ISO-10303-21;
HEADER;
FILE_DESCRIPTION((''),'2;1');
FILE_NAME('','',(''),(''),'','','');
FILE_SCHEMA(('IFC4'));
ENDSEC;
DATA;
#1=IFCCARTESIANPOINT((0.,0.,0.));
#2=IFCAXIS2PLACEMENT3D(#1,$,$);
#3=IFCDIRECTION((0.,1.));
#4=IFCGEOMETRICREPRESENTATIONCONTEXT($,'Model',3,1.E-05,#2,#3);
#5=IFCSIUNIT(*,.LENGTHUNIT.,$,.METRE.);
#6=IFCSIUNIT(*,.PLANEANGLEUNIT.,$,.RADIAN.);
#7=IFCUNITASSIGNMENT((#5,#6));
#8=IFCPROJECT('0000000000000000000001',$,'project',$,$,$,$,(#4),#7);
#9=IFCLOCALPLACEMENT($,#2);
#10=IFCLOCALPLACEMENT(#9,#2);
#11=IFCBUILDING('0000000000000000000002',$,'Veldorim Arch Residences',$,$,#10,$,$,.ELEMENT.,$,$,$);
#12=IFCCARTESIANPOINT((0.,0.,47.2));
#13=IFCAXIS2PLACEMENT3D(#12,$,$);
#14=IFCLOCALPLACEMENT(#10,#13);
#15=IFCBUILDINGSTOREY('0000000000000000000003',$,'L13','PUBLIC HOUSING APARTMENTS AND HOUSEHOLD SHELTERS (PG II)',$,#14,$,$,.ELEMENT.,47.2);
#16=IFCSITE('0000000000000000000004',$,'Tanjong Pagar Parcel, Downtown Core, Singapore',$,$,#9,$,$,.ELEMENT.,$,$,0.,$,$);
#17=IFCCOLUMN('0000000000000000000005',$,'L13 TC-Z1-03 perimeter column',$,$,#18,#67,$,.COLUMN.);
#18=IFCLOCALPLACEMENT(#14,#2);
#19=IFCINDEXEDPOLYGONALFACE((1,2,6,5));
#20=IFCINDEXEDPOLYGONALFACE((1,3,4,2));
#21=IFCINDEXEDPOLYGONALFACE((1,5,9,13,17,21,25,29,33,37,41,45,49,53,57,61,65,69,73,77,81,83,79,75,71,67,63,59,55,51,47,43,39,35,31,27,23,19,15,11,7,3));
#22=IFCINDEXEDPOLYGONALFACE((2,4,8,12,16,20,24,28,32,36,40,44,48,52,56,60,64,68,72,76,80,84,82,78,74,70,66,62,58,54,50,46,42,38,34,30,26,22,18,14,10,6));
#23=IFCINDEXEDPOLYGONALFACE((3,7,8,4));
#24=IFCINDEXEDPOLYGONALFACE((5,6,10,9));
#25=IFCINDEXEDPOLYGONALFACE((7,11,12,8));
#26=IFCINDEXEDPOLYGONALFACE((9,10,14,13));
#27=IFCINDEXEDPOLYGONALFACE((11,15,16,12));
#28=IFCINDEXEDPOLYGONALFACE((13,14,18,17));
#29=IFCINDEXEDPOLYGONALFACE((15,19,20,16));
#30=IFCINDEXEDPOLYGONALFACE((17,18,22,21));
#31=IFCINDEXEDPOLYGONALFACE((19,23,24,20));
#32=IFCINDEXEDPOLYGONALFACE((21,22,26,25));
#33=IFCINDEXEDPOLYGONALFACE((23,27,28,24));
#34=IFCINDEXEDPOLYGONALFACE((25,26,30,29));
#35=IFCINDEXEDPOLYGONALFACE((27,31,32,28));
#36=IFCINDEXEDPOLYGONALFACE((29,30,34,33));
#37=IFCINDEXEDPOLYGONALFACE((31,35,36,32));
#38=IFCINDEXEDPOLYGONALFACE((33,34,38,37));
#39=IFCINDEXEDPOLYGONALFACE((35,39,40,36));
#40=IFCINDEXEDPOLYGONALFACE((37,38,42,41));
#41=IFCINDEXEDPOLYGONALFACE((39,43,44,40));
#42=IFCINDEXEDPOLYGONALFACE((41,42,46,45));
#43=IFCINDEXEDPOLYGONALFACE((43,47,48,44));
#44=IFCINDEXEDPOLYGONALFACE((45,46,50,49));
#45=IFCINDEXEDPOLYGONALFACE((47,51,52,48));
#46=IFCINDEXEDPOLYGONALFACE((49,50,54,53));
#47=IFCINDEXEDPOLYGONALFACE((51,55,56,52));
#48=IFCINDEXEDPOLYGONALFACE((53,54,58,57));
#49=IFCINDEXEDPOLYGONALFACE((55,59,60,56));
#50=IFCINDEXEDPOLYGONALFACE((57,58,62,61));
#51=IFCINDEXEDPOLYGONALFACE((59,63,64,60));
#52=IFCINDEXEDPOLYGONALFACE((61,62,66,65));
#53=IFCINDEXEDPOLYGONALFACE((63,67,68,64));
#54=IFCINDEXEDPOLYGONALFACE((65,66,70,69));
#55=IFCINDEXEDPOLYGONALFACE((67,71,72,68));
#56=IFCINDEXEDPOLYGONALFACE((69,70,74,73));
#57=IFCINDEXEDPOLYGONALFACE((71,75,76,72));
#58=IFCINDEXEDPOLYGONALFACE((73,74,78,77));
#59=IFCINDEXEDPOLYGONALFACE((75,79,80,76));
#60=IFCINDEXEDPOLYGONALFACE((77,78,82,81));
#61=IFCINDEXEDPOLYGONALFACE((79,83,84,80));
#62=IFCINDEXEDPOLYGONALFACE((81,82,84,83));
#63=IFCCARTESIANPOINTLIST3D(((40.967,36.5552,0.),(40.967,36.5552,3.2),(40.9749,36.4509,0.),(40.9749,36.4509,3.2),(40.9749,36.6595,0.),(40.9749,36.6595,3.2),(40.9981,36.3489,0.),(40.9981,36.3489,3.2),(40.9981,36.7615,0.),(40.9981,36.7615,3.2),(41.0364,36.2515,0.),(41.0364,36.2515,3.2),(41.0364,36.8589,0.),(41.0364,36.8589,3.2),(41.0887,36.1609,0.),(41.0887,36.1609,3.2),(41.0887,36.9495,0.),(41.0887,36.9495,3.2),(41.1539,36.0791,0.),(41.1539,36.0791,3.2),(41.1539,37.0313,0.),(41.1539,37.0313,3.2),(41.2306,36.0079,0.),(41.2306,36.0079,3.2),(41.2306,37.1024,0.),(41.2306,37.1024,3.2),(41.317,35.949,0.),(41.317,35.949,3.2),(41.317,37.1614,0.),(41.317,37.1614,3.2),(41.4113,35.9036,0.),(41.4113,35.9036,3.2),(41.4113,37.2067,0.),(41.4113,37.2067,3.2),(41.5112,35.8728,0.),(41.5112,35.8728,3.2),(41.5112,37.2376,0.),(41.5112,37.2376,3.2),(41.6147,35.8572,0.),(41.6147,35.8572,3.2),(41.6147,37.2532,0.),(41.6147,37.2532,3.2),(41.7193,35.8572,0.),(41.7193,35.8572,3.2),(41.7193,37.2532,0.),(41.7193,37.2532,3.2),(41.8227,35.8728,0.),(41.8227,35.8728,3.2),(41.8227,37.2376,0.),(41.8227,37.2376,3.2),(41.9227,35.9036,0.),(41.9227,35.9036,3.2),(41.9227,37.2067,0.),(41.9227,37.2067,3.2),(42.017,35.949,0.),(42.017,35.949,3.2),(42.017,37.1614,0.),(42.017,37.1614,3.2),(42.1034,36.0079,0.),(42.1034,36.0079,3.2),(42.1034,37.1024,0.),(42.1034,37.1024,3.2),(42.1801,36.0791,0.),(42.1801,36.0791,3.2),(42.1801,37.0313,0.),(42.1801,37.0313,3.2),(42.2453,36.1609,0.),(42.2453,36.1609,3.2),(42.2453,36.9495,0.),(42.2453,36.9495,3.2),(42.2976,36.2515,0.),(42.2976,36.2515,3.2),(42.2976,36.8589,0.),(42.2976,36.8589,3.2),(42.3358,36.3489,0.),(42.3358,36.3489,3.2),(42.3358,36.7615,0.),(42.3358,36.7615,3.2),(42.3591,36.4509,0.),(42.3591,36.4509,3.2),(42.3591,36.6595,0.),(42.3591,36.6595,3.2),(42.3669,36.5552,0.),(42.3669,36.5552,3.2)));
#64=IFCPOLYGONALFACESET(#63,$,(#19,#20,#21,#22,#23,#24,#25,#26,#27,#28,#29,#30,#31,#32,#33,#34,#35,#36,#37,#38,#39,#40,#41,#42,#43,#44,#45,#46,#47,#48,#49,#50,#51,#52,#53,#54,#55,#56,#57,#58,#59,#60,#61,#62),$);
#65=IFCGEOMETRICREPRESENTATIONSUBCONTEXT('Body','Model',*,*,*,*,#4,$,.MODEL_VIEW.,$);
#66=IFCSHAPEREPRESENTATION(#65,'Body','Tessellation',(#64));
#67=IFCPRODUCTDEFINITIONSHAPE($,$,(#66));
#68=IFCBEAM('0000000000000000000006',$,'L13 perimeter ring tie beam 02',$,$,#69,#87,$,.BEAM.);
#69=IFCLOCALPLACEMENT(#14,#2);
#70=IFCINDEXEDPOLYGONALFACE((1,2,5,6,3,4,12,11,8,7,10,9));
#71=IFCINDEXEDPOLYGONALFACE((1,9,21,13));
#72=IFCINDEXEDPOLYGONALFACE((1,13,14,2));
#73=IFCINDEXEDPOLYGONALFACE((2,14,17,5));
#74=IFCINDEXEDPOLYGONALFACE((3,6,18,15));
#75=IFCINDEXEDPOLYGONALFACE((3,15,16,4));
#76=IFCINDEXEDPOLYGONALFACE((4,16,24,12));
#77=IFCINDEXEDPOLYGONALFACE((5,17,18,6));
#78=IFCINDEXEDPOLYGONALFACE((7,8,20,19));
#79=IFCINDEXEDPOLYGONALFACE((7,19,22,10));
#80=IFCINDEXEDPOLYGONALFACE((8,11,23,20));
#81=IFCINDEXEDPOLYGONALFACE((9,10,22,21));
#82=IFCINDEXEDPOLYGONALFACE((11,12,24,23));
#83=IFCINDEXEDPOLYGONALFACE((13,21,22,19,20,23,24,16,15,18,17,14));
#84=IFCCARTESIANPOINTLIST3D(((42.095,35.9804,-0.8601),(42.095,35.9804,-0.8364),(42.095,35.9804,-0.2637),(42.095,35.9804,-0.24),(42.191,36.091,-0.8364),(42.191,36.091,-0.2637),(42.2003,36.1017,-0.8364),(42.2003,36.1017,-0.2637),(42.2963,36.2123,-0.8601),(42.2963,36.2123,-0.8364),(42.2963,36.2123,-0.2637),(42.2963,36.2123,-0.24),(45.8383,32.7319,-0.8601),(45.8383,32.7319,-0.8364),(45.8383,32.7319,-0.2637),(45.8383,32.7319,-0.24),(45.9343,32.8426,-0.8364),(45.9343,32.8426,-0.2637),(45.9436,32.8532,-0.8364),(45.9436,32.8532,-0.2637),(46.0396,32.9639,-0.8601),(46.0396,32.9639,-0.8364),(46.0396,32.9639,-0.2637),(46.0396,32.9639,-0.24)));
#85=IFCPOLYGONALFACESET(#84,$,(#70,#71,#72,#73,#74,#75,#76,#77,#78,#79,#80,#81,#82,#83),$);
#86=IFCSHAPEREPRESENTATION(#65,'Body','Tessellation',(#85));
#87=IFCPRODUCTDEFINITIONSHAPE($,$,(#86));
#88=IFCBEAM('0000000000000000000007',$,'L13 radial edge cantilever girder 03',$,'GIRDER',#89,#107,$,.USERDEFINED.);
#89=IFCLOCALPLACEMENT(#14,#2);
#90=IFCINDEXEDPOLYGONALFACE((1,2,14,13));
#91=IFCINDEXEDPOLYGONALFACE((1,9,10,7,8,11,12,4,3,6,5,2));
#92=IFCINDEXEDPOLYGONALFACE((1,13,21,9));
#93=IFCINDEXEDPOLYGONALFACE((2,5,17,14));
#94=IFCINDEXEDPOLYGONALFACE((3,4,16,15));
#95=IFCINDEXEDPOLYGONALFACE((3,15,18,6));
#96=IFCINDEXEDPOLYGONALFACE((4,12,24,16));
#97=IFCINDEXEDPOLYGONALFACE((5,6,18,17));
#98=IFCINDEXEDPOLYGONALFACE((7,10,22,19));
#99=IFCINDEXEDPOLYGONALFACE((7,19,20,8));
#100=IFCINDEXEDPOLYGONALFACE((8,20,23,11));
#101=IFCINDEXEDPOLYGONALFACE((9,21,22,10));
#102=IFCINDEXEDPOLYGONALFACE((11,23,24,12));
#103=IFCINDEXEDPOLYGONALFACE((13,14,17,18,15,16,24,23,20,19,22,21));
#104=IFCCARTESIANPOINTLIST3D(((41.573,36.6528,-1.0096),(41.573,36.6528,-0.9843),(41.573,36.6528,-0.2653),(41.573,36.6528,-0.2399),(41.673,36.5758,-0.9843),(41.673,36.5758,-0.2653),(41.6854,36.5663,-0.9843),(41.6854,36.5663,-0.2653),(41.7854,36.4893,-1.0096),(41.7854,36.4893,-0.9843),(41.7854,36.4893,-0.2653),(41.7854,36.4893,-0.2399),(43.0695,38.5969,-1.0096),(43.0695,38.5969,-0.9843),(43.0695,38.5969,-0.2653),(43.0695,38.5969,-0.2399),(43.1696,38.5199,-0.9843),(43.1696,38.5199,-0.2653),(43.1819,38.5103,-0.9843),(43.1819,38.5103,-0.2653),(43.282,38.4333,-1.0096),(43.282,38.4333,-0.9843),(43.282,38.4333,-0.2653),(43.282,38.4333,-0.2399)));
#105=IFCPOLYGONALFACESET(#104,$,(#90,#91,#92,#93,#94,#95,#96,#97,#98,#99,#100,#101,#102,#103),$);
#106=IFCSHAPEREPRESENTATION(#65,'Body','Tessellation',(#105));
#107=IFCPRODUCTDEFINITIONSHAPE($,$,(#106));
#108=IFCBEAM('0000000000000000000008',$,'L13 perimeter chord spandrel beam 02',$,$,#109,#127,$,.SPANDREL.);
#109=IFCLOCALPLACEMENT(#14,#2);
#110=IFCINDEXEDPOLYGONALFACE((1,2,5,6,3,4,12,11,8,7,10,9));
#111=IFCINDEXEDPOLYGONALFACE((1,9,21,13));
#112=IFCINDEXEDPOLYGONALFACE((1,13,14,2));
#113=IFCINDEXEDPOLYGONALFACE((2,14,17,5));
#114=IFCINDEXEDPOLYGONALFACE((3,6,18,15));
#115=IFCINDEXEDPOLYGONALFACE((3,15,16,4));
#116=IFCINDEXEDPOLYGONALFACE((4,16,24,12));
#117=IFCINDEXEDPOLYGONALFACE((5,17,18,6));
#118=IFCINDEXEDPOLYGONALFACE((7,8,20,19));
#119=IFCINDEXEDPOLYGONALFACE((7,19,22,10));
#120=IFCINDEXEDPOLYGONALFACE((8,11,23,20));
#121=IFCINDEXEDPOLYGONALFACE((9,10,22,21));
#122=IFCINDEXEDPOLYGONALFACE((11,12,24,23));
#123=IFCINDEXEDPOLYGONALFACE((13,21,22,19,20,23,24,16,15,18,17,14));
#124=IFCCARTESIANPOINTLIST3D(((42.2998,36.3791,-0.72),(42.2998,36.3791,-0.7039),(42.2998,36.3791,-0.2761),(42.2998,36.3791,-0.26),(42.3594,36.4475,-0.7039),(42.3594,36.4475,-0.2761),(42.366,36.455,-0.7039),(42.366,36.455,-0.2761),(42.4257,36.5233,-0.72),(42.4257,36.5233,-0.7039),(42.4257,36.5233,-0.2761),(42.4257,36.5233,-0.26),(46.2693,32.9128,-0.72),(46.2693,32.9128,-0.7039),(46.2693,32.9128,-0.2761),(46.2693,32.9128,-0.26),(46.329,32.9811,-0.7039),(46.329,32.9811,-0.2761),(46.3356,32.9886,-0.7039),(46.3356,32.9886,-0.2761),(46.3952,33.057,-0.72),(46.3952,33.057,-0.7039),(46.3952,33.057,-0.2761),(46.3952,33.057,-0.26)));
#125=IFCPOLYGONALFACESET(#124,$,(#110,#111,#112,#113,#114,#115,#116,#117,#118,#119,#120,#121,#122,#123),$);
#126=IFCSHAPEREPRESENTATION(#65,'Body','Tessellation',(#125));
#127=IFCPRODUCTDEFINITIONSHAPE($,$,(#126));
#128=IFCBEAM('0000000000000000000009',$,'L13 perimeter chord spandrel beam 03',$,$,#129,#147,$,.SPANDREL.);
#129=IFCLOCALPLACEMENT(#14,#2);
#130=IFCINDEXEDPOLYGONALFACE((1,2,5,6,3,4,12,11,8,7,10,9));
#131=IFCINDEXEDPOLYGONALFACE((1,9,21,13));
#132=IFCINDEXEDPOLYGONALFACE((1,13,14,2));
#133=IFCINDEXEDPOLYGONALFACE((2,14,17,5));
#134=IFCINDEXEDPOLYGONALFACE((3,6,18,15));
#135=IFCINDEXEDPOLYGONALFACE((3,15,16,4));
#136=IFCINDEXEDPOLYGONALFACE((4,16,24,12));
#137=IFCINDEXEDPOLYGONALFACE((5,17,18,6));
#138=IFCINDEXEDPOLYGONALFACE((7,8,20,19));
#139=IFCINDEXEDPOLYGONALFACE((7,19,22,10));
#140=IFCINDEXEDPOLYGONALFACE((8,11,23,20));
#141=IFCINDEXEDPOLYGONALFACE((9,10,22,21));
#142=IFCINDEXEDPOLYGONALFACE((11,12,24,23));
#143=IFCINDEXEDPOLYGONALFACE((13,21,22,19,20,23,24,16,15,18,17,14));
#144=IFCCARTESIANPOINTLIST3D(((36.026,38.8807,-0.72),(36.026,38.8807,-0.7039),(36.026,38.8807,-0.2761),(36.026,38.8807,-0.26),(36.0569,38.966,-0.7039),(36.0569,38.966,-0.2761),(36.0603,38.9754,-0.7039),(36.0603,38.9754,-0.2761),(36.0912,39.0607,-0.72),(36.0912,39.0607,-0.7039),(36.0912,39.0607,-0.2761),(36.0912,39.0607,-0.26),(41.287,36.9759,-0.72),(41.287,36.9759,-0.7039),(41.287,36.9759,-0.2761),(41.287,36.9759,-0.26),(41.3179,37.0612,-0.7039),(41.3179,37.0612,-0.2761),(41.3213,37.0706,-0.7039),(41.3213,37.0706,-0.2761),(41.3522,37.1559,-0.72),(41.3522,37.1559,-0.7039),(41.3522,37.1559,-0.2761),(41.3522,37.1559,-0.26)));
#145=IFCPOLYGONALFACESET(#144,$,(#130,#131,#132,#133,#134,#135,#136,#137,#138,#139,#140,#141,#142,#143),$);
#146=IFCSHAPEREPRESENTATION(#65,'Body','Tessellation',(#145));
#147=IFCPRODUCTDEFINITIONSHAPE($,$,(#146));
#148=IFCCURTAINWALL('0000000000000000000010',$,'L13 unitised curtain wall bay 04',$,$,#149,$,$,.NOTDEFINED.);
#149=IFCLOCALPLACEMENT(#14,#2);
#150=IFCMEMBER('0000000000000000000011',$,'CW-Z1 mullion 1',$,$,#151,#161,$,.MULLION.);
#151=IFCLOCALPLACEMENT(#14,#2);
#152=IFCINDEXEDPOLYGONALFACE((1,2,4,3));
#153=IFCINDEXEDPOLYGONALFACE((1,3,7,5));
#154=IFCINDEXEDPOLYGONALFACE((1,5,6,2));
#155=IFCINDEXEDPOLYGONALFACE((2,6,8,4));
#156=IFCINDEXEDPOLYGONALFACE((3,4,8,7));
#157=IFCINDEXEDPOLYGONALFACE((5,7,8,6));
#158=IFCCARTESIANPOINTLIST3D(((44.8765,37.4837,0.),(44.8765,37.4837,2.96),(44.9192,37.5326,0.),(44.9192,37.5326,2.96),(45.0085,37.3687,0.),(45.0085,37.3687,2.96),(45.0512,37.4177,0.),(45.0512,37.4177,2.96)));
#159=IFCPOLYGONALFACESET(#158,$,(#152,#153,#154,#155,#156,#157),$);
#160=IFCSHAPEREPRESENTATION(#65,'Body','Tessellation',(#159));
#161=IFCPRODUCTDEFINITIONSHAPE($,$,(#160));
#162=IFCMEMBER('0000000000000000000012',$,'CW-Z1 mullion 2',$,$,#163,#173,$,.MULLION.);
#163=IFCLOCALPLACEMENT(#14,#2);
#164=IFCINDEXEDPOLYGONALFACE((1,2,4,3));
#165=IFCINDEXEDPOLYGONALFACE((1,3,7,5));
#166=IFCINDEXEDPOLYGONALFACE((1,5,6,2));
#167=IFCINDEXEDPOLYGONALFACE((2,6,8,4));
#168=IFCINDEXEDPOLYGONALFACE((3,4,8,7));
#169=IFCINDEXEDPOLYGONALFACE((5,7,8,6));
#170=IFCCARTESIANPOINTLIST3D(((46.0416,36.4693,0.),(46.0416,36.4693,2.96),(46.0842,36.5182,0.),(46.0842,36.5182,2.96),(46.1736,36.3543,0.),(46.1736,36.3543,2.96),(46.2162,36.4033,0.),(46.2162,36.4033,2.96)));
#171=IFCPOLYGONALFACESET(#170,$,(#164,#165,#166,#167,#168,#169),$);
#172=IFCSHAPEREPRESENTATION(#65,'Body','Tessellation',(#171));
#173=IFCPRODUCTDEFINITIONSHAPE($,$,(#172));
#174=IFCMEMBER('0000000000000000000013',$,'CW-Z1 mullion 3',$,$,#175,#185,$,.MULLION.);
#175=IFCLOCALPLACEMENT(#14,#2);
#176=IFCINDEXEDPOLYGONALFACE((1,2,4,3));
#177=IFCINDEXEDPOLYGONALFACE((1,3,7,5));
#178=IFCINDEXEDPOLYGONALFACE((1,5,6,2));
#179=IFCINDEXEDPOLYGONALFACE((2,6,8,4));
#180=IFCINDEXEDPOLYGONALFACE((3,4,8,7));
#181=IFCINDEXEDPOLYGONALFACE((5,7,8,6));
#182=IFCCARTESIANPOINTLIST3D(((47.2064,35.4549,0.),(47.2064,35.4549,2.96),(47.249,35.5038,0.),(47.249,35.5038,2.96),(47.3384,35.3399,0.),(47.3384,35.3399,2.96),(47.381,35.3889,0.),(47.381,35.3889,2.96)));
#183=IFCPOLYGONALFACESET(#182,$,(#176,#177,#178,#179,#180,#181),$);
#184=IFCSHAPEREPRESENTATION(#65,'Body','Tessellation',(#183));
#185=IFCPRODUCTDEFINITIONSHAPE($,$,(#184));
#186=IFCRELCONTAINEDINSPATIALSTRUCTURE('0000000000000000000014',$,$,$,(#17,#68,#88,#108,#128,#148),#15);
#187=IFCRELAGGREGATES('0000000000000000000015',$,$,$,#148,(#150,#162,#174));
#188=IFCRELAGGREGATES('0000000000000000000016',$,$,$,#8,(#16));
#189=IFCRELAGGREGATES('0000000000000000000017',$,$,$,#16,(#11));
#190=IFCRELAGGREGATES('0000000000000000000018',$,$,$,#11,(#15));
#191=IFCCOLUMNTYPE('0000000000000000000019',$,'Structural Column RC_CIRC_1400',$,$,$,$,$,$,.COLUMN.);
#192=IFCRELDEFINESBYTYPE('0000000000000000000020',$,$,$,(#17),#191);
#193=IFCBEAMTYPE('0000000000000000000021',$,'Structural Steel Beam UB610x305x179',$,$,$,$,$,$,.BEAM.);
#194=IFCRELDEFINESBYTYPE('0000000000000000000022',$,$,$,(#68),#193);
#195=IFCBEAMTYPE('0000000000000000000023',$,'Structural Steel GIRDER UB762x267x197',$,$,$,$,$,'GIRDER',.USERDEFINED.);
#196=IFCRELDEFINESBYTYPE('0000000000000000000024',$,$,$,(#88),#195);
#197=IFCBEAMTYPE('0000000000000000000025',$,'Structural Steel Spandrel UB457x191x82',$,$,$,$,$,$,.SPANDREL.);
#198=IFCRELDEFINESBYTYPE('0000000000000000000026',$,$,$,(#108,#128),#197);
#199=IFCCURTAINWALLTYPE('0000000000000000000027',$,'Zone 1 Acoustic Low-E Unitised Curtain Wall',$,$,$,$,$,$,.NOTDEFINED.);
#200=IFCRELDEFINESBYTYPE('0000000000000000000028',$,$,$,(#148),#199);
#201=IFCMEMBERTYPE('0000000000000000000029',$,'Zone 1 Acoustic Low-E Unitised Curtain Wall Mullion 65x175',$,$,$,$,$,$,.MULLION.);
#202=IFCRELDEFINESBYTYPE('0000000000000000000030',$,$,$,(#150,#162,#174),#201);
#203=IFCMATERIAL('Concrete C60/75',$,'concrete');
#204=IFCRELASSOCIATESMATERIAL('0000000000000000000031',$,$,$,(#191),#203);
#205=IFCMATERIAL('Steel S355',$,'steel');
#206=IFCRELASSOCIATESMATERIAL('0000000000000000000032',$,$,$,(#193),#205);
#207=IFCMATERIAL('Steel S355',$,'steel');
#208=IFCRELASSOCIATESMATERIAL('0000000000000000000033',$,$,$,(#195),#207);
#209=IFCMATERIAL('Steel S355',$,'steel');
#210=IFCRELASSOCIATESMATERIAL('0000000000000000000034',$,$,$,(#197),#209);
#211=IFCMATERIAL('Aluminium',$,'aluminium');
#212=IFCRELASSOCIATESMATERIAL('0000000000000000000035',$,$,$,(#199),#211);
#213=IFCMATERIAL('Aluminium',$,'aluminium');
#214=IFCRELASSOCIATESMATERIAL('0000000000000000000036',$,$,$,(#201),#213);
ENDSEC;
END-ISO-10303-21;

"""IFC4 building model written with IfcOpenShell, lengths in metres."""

from ifc_helpers import new_model, si_unit, direction, frame, origin, origin_2d, place, context, subcontext, project, spatial, rectangle, circle, i_section, extrude, material, material_profile, profile_set, type_object, element, aggregate, save


model = new_model("IFC4")

# Units and contexts
model_context = context("Model", 3, precision=1e-05, world=origin(), true_north=direction((0.0, 1.0)))
body_context = subcontext(model_context, "Body", "Model", "MODEL_VIEW")
ifc_project = project(units=[si_unit("LENGTHUNIT", "METRE"), si_unit("PLANEANGLEUNIT", "RADIAN")], contexts=[model_context])

# Site, building, storey
site_placement = place(None, origin())
site = spatial("IfcSite", under=ifc_project, at=site_placement, Name="Tanjong Pagar Parcel, Downtown Core, Singapore", CompositionType="ELEMENT", RefElevation=0.0)
building_placement = place(site_placement, origin())
building = spatial("IfcBuilding", under=site, at=building_placement, Name="Veldorim Arch Residences", CompositionType="ELEMENT")
storey_placement = place(building_placement, frame((0.0, 0.0, 47.2)))
storey = spatial("IfcBuildingStorey", under=building, at=storey_placement, Name="L13", Description="PUBLIC HOUSING APARTMENTS AND HOUSEHOLD SHELTERS (PG II)", CompositionType="ELEMENT", Elevation=47.2)

# Column
ifc_material_1 = material(Name="Concrete C60/75", Category="concrete")
ifc_material_profile_1 = material_profile(ifc_material_1, circle(Radius=0.7, at=origin_2d()), Name="RC_CIRC_1400")
ifc_profile_set_1 = profile_set([ifc_material_profile_1], Name="Concrete C60/75")
column_type = type_object("IfcColumnType", Name="Structural Column RC_CIRC_1400", PredefinedType="COLUMN", material=ifc_profile_set_1)
column_placement = place(storey_placement, frame((41.667, 36.5552, 0.0), z_axis=(0.0, 0.0, 1.0), x_axis=(1.0, 0.0, 0.0)))
element("IfcColumn", 1, at=column_placement, inside=storey, type_object=column_type, Name="L13 TC-Z1-03 perimeter column", PredefinedType="COLUMN", context=body_context, shape_type="SweptSolid", body=[
    extrude(circle(Radius=0.7, at=origin_2d()), origin(), (0.0, 0.0, 1.0), 3.2),
])

# Beams
ifc_material_2 = material(Name="Steel S355", Category="steel")
ifc_material_profile_2 = material_profile(ifc_material_2, i_section(OverallWidth=0.3071, OverallDepth=0.6201, WebThickness=0.0142, FlangeThickness=0.0237, at=origin_2d()), Name="UB610x305x179")
ifc_profile_set_2 = profile_set([ifc_material_profile_2], Name="Steel S355")
beam_type_1 = type_object("IfcBeamType", Name="Structural Steel Beam UB610x305x179", PredefinedType="BEAM", material=ifc_profile_set_2)
beam_1_placement = place(storey_placement, frame((45.939, 32.8479, -0.55), z_axis=(-0.755265, 0.65542, 0.0), x_axis=(-0.65542, -0.755265, 0.0)))
element("IfcBeam", 2, at=beam_1_placement, inside=storey, type_object=beam_type_1, Name="L13 perimeter ring tie beam 02", PredefinedType="BEAM", context=body_context, shape_type="SweptSolid", body=[
    extrude(i_section(OverallWidth=0.3071, OverallDepth=0.6201, WebThickness=0.0142, FlangeThickness=0.0237, at=origin_2d()), origin(), (0.0, 0.0, 1.0), 4.9563),
])
ifc_material_3 = material(Name="Steel S355", Category="steel")
ifc_material_profile_3 = material_profile(ifc_material_3, i_section(OverallWidth=0.2681, OverallDepth=0.7698, WebThickness=0.0156, FlangeThickness=0.0254, at=origin_2d()), Name="UB762x267x197")
ifc_profile_set_3 = profile_set([ifc_material_profile_3], Name="Steel S355")
beam_type_2 = type_object("IfcBeamType", Name="Structural Steel GIRDER UB762x267x197", ElementType="GIRDER", PredefinedType="USERDEFINED", material=ifc_profile_set_3)
beam_2_placement = place(storey_placement, frame((41.6792, 36.571, -0.6248), z_axis=(0.609999, 0.792402, 0.0), x_axis=(-0.792402, 0.609999, 0.0)))
element("IfcBeam", 3, at=beam_2_placement, inside=storey, type_object=beam_type_2, Name="L13 radial edge cantilever girder 03", ObjectType="GIRDER", PredefinedType="USERDEFINED", context=body_context, shape_type="SweptSolid", body=[
    extrude(i_section(OverallWidth=0.2681, OverallDepth=0.7698, WebThickness=0.0156, FlangeThickness=0.0254, at=origin_2d()), origin(), (0.0, 0.0, 1.0), 2.4534),
])
ifc_material_4 = material(Name="Steel S355", Category="steel")
ifc_material_profile_4 = material_profile(ifc_material_4, i_section(OverallWidth=0.1914, OverallDepth=0.46, WebThickness=0.01, FlangeThickness=0.0161, at=origin_2d()), Name="UB457x191x82")
ifc_profile_set_4 = profile_set([ifc_material_profile_4], Name="Steel S355")
beam_type_3 = type_object("IfcBeamType", Name="Structural Steel Spandrel UB457x191x82", PredefinedType="SPANDREL", material=ifc_profile_set_4)
beam_3_placement = place(storey_placement, frame((46.3323, 32.9849, -0.49), z_axis=(-0.753234, 0.657753, 0.0), x_axis=(-0.657753, -0.753234, 0.0)))
element("IfcBeam", 4, at=beam_3_placement, inside=storey, type_object=beam_type_3, Name="L13 perimeter chord spandrel beam 02", PredefinedType="SPANDREL", context=body_context, shape_type="SweptSolid", body=[
    extrude(i_section(OverallWidth=0.1914, OverallDepth=0.46, WebThickness=0.01, FlangeThickness=0.0161, at=origin_2d()), origin(), (0.0, 0.0, 1.0), 5.27),
])
beam_4_placement = place(storey_placement, frame((41.3196, 37.0659, -0.49), z_axis=(-0.940269, 0.340432, 0.0), x_axis=(-0.340432, -0.940269, 0.0)))
element("IfcBeam", 5, at=beam_4_placement, inside=storey, type_object=beam_type_3, Name="L13 perimeter chord spandrel beam 03", PredefinedType="SPANDREL", context=body_context, shape_type="SweptSolid", body=[
    extrude(i_section(OverallWidth=0.1914, OverallDepth=0.46, WebThickness=0.01, FlangeThickness=0.0161, at=origin_2d()), origin(), (0.0, 0.0, 1.0), 5.5952),
])

# Curtain wall, members
ifc_material_5 = material(Name="Aluminium", Category="aluminium")
curtain_wall_type = type_object("IfcCurtainWallType", Name="Zone 1 Acoustic Low-E Unitised Curtain Wall", PredefinedType="NOTDEFINED", material=ifc_material_5)
curtain_wall_placement = place(storey_placement, origin())
curtain_wall = element("IfcCurtainWall", 6, at=curtain_wall_placement, inside=storey, type_object=curtain_wall_type, Name="L13 unitised curtain wall bay 04", PredefinedType="NOTDEFINED")
ifc_material_6 = material(Name="Aluminium", Category="aluminium")
ifc_material_profile_5 = material_profile(ifc_material_6, rectangle(XDim=0.0649, YDim=0.175, at=origin_2d()), Name="ALU_MUL_65x175")
ifc_profile_set_5 = profile_set([ifc_material_profile_5], Name="Aluminium")
member_type_1 = type_object("IfcMemberType", Name="Zone 1 Acoustic Low-E Unitised Curtain Wall Mullion 65x175", PredefinedType="MULLION", material=ifc_profile_set_5)
member_1_placement = place(storey_placement, frame((44.9639, 37.4507, 0.0), z_axis=(0.0, 0.0, 1.0), x_axis=(0.656719, 0.754136, 0.0)))
member_1 = element("IfcMember", 7, at=member_1_placement, type_object=member_type_1, Name="CW-Z1 mullion 1", PredefinedType="MULLION", context=body_context, shape_type="SweptSolid", body=[
    extrude(rectangle(XDim=0.0649, YDim=0.175, at=origin_2d()), origin(), (0.0, 0.0, 1.0), 2.96),
])
member_2_placement = place(storey_placement, frame((46.1289, 36.4363, 0.0), z_axis=(0.0, 0.0, 1.0), x_axis=(0.656719, 0.754136, 0.0)))
member_2 = element("IfcMember", 8, at=member_2_placement, type_object=member_type_1, Name="CW-Z1 mullion 2", PredefinedType="MULLION", context=body_context, shape_type="SweptSolid", body=[
    extrude(rectangle(XDim=0.0649, YDim=0.175, at=origin_2d()), origin(), (0.0, 0.0, 1.0), 2.96),
])
member_3_placement = place(storey_placement, frame((47.2937, 35.4219, 0.0), z_axis=(0.0, 0.0, 1.0), x_axis=(0.656719, 0.754136, 0.0)))
member_3 = element("IfcMember", 9, at=member_3_placement, type_object=member_type_1, Name="CW-Z1 mullion 3", PredefinedType="MULLION", context=body_context, shape_type="SweptSolid", body=[
    extrude(rectangle(XDim=0.0649, YDim=0.175, at=origin_2d()), origin(), (0.0, 0.0, 1.0), 2.96),
])
aggregate(curtain_wall, [member_1, member_2, member_3])

save(model, "model.ifc")
